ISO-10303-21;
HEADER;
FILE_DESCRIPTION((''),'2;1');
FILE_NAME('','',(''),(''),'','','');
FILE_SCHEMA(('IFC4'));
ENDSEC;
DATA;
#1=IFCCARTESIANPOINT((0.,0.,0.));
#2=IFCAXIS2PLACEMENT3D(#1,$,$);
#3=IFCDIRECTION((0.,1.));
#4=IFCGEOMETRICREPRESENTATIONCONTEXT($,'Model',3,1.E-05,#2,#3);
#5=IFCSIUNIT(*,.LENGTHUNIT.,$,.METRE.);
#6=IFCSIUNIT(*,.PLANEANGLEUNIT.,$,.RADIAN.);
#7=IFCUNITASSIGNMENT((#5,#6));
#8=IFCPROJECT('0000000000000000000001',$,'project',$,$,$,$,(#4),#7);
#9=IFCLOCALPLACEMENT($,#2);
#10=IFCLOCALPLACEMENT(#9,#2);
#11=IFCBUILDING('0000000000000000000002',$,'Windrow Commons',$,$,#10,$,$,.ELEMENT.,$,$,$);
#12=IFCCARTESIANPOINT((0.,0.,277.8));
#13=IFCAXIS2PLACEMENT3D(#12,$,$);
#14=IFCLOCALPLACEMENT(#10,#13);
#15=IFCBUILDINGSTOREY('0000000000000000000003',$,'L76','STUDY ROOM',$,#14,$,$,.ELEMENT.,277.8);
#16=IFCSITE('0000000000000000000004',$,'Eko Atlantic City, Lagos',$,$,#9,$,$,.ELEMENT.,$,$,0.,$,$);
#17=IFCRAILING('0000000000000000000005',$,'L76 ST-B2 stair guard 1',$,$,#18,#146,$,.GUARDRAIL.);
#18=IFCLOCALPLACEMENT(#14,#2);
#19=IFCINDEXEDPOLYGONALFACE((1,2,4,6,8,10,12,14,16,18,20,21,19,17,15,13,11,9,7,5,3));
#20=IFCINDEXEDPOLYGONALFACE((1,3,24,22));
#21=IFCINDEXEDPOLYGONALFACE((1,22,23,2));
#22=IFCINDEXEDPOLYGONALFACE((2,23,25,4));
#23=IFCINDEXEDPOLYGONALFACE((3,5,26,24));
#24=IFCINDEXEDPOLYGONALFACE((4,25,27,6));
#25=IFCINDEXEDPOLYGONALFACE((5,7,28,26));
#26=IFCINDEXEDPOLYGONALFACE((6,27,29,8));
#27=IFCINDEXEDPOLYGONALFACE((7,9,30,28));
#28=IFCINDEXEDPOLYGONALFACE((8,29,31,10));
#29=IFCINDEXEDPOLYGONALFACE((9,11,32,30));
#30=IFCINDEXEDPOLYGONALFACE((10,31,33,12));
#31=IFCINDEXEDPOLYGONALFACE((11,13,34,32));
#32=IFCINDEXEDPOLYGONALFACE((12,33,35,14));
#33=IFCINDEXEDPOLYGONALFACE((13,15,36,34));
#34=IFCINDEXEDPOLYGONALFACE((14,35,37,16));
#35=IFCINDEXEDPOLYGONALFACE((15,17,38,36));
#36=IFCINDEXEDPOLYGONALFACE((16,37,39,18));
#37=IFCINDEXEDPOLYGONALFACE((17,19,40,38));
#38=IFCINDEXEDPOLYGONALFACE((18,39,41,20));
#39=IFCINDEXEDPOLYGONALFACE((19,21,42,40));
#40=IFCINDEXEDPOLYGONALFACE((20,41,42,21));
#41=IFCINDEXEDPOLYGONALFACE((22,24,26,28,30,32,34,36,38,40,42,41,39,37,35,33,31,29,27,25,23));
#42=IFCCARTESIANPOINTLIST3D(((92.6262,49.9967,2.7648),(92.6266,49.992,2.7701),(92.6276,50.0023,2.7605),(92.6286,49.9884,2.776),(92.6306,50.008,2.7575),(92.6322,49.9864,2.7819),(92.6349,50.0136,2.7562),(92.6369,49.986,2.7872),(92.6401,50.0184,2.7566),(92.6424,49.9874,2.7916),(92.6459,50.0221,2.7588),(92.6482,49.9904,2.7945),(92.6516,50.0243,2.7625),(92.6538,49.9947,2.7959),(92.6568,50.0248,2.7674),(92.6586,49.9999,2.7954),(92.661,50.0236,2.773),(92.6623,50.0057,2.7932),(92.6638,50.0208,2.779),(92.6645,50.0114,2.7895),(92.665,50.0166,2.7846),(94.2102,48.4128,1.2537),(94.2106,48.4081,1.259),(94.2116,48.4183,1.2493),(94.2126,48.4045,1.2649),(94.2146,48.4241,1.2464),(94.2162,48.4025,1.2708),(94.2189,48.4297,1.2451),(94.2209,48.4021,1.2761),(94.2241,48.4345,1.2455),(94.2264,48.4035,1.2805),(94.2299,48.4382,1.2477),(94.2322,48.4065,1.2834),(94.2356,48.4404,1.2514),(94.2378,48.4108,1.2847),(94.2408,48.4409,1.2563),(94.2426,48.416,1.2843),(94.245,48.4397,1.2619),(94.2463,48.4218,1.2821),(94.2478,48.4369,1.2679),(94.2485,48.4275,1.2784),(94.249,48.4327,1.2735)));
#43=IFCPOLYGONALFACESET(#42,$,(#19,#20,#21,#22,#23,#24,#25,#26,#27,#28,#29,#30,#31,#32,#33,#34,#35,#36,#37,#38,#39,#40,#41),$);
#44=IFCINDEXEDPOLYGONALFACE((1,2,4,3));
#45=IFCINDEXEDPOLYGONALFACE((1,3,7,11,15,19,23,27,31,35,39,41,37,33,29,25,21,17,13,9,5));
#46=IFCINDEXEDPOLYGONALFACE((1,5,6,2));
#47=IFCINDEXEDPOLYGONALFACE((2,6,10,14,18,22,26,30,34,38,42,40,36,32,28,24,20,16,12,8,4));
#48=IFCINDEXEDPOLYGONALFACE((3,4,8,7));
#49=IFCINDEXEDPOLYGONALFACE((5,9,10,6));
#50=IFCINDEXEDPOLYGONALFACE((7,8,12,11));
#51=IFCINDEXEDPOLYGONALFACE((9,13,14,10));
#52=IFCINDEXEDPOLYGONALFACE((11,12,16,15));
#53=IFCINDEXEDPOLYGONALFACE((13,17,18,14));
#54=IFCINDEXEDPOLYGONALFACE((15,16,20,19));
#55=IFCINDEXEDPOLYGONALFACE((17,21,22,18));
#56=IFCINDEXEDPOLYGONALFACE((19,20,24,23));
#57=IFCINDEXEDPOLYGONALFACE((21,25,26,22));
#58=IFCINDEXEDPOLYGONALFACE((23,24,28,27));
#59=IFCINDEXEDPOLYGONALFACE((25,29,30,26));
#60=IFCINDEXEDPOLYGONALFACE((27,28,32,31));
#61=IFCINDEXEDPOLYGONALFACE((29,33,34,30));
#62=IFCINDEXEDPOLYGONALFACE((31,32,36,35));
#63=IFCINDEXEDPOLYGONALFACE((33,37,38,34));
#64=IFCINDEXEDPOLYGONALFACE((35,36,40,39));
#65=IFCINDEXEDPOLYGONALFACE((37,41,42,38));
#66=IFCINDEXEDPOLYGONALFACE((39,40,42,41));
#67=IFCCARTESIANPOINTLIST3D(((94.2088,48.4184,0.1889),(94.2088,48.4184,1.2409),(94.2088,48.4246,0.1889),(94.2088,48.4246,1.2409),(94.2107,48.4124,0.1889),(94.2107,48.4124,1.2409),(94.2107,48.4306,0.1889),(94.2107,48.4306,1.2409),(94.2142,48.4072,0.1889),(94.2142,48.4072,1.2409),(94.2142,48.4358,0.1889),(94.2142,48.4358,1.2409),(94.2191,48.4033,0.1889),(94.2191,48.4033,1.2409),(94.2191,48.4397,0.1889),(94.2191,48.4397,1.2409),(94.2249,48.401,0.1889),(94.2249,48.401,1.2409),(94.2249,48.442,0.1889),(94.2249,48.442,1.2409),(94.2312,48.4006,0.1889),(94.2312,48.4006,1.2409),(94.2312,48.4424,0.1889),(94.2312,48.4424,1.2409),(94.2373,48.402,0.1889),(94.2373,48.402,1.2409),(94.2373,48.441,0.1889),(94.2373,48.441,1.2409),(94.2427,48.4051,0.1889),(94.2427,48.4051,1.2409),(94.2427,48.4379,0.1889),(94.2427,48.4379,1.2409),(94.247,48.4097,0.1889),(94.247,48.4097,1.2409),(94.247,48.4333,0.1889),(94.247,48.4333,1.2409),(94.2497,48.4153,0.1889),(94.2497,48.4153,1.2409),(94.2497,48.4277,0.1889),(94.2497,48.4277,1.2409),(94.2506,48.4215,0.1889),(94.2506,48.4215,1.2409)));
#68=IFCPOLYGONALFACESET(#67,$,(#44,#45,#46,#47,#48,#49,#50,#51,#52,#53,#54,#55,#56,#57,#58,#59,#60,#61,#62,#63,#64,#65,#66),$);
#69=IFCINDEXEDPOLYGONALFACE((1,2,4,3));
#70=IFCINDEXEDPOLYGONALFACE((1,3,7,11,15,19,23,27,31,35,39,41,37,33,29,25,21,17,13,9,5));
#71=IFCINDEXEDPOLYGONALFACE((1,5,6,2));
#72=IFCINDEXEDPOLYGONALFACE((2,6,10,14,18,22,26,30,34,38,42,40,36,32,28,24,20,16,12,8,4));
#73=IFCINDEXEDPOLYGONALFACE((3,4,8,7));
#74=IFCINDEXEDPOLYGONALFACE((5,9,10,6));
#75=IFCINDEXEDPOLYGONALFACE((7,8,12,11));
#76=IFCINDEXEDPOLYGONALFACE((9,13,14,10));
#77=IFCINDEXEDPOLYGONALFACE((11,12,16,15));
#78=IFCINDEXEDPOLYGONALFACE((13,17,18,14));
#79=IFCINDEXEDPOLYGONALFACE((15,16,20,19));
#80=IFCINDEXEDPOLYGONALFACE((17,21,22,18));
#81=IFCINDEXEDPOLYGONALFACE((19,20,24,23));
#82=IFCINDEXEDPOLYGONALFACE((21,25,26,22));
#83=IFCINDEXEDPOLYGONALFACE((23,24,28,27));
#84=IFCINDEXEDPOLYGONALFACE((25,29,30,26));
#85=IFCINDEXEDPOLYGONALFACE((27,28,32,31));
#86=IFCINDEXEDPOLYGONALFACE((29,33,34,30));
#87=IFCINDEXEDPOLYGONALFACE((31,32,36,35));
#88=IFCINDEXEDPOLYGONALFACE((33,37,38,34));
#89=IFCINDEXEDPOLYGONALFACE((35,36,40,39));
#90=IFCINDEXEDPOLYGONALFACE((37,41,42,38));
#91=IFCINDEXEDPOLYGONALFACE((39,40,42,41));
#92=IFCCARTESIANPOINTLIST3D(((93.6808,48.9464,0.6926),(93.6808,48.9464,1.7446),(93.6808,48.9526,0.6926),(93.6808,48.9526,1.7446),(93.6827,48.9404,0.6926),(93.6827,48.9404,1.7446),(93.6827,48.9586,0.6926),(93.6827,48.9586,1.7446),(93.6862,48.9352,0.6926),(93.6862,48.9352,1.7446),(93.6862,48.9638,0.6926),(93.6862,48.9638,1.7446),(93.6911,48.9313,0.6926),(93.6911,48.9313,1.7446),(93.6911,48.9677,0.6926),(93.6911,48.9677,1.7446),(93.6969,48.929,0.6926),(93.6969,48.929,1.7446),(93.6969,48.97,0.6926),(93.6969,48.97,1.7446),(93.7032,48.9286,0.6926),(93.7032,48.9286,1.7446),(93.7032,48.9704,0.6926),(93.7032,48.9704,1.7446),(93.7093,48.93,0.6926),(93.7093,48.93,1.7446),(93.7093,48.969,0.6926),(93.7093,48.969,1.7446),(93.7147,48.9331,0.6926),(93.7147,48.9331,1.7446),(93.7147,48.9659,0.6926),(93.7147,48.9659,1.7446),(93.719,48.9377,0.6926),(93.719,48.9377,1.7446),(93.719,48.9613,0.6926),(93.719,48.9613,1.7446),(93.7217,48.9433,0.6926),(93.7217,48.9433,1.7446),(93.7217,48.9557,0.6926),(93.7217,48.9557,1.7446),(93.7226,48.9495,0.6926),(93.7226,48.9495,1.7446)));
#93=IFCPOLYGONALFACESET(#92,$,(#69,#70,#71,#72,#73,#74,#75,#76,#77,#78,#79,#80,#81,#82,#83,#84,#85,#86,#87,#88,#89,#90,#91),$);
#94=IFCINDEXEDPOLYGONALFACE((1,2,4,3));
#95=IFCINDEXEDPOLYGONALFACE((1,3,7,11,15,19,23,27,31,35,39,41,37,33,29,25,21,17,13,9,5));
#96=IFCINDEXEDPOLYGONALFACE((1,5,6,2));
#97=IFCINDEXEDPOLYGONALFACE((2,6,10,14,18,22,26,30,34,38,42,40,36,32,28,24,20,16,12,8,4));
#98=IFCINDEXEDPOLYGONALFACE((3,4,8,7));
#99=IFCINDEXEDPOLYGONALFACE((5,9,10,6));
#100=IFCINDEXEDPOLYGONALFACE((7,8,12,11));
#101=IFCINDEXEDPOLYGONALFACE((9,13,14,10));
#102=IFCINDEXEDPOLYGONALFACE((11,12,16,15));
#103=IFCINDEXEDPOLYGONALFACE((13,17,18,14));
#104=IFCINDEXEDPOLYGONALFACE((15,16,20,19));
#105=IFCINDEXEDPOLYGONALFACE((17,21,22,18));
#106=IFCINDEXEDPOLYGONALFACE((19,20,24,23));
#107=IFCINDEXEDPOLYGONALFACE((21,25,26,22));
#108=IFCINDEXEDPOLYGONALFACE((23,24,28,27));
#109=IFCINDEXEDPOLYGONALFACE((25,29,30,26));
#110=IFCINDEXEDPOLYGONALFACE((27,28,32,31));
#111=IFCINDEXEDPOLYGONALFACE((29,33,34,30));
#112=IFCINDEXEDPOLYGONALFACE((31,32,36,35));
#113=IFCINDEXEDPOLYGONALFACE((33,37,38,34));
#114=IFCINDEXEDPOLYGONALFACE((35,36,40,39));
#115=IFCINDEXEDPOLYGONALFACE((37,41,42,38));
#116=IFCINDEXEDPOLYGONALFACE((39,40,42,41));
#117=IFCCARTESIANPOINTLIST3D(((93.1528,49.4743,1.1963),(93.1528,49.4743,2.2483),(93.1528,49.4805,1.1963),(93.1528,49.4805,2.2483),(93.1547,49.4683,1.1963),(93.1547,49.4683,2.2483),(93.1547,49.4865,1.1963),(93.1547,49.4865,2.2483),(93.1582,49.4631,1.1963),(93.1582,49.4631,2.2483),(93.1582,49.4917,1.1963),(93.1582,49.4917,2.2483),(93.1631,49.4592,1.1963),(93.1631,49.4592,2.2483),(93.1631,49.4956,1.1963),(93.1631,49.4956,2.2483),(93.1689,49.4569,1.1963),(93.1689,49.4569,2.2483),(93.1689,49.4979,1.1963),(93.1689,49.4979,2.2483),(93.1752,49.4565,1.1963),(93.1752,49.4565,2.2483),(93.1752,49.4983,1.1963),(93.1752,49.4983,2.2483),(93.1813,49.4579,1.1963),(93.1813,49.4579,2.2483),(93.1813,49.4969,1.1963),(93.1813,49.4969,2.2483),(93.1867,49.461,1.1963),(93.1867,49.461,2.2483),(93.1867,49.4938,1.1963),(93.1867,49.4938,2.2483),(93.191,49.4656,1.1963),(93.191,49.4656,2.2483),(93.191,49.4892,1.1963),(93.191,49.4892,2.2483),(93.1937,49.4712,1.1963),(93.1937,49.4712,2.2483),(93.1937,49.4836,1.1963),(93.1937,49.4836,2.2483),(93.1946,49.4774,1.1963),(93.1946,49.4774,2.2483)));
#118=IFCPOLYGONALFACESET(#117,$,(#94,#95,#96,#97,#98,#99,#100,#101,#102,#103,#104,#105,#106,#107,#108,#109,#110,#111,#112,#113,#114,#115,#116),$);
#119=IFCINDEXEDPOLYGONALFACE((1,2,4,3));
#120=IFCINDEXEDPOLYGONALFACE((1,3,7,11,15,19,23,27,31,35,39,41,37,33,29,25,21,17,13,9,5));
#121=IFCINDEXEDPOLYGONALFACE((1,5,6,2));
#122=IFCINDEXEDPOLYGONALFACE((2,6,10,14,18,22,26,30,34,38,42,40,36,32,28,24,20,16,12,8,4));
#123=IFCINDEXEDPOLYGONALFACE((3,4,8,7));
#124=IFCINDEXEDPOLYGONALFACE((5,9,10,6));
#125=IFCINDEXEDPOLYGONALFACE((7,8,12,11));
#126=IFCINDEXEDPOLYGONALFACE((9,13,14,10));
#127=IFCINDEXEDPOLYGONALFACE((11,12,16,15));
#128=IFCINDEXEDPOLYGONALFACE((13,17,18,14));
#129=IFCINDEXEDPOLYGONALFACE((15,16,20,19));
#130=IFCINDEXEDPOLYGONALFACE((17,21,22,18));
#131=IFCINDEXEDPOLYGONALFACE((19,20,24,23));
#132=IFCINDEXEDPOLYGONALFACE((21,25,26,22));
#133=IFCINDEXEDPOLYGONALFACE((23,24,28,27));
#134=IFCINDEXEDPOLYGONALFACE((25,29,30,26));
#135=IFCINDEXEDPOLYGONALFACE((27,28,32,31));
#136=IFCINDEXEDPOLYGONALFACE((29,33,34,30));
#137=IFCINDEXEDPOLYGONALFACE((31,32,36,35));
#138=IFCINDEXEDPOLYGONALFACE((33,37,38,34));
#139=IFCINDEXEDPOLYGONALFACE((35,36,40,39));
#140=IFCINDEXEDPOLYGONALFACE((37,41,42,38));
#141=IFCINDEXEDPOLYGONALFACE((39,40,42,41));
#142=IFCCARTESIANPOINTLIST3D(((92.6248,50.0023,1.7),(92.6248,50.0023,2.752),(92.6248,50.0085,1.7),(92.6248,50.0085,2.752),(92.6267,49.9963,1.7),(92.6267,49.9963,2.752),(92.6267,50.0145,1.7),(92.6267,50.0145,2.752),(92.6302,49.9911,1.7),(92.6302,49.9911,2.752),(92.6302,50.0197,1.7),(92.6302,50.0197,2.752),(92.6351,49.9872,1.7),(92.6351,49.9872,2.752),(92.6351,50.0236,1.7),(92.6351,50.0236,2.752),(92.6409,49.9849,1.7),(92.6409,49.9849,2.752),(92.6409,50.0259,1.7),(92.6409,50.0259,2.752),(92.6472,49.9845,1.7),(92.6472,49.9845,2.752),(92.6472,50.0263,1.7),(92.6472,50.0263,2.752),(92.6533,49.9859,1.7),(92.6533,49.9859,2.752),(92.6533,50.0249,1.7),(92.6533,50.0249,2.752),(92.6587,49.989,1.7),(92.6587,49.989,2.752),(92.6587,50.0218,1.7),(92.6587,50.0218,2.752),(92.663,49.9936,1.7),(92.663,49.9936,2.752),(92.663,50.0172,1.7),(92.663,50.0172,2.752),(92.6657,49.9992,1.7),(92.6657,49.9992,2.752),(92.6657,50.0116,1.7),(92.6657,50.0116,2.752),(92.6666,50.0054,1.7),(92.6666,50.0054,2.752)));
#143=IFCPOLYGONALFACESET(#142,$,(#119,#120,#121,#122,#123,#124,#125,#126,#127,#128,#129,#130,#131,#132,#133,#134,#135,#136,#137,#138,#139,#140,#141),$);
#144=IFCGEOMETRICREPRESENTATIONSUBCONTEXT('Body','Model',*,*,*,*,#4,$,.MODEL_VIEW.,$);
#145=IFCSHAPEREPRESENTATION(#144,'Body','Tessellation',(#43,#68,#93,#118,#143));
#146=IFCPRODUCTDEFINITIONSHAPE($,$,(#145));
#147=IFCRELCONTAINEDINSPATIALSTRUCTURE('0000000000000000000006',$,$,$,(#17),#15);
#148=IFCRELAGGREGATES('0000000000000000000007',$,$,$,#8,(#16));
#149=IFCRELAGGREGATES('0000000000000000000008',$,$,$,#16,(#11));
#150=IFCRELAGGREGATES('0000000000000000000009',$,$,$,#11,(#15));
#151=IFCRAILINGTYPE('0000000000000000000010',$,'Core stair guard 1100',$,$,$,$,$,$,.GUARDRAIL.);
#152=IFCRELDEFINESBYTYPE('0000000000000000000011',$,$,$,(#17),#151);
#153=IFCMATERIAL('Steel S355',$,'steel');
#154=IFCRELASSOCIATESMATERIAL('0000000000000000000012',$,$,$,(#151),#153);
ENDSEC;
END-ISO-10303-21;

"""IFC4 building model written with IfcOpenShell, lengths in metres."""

from ifc_helpers import new_model, si_unit, direction, frame, origin, origin_2d, place, context, subcontext, project, spatial, circle, extrude, material, type_object, element, save


model = new_model("IFC4")

# Units and contexts
model_context = context("Model", 3, precision=1e-05, world=origin(), true_north=direction((0.0, 1.0)))
body_context = subcontext(model_context, "Body", "Model", "MODEL_VIEW")
ifc_project = project(units=[si_unit("LENGTHUNIT", "METRE"), si_unit("PLANEANGLEUNIT", "RADIAN")], contexts=[model_context])

# Site, building, storey
site_placement = place(None, origin())
site = spatial("IfcSite", under=ifc_project, at=site_placement, Name="Eko Atlantic City, Lagos", CompositionType="ELEMENT", RefElevation=0.0)
building_placement = place(site_placement, origin())
building = spatial("IfcBuilding", under=site, at=building_placement, Name="Windrow Commons", CompositionType="ELEMENT")
storey_placement = place(building_placement, frame((0.0, 0.0, 277.8)))
storey = spatial("IfcBuildingStorey", under=building, at=storey_placement, Name="L76", Description="STUDY ROOM", CompositionType="ELEMENT", Elevation=277.8)

# Railing
ifc_material_1 = material(Name="Steel S355", Category="steel")
railing_type_1 = type_object("IfcRailingType", Name="Core stair guard 1100", PredefinedType="GUARDRAIL", material=ifc_material_1)
railing_1_placement = place(storey_placement, frame((94.2296, 48.4215, 0.1889)))
element("IfcRailing", 1, at=railing_1_placement, inside=storey, type_object=railing_type_1, Name="L76 ST-B2 stair guard 1", PredefinedType="GUARDRAIL", context=body_context, shape_type="SweptSolid", body=[
    extrude(circle(Radius=0.024, at=origin_2d()), frame((0.0, 0.0, 1.076), z_axis=(-0.586216, 0.586179, 0.559237), x_axis=(-0.707084, -0.707129, 0.0)), (0.0, 0.0, 1.0), 2.7021),
    extrude(circle(Radius=0.021, at=origin_2d()), origin(), (0.0, 0.0, 1.0), 1.052),
    extrude(circle(Radius=0.021, at=origin_2d()), frame((-0.528, 0.528, 0.5037)), (0.0, 0.0, 1.0), 1.052),
    extrude(circle(Radius=0.021, at=origin_2d()), frame((-1.056, 1.0559, 1.0074)), (0.0, 0.0, 1.0), 1.052),
    extrude(circle(Radius=0.021, at=origin_2d()), frame((-1.584, 1.5839, 1.5111)), (0.0, 0.0, 1.0), 1.052),
])

save(model, "model.ifc")
